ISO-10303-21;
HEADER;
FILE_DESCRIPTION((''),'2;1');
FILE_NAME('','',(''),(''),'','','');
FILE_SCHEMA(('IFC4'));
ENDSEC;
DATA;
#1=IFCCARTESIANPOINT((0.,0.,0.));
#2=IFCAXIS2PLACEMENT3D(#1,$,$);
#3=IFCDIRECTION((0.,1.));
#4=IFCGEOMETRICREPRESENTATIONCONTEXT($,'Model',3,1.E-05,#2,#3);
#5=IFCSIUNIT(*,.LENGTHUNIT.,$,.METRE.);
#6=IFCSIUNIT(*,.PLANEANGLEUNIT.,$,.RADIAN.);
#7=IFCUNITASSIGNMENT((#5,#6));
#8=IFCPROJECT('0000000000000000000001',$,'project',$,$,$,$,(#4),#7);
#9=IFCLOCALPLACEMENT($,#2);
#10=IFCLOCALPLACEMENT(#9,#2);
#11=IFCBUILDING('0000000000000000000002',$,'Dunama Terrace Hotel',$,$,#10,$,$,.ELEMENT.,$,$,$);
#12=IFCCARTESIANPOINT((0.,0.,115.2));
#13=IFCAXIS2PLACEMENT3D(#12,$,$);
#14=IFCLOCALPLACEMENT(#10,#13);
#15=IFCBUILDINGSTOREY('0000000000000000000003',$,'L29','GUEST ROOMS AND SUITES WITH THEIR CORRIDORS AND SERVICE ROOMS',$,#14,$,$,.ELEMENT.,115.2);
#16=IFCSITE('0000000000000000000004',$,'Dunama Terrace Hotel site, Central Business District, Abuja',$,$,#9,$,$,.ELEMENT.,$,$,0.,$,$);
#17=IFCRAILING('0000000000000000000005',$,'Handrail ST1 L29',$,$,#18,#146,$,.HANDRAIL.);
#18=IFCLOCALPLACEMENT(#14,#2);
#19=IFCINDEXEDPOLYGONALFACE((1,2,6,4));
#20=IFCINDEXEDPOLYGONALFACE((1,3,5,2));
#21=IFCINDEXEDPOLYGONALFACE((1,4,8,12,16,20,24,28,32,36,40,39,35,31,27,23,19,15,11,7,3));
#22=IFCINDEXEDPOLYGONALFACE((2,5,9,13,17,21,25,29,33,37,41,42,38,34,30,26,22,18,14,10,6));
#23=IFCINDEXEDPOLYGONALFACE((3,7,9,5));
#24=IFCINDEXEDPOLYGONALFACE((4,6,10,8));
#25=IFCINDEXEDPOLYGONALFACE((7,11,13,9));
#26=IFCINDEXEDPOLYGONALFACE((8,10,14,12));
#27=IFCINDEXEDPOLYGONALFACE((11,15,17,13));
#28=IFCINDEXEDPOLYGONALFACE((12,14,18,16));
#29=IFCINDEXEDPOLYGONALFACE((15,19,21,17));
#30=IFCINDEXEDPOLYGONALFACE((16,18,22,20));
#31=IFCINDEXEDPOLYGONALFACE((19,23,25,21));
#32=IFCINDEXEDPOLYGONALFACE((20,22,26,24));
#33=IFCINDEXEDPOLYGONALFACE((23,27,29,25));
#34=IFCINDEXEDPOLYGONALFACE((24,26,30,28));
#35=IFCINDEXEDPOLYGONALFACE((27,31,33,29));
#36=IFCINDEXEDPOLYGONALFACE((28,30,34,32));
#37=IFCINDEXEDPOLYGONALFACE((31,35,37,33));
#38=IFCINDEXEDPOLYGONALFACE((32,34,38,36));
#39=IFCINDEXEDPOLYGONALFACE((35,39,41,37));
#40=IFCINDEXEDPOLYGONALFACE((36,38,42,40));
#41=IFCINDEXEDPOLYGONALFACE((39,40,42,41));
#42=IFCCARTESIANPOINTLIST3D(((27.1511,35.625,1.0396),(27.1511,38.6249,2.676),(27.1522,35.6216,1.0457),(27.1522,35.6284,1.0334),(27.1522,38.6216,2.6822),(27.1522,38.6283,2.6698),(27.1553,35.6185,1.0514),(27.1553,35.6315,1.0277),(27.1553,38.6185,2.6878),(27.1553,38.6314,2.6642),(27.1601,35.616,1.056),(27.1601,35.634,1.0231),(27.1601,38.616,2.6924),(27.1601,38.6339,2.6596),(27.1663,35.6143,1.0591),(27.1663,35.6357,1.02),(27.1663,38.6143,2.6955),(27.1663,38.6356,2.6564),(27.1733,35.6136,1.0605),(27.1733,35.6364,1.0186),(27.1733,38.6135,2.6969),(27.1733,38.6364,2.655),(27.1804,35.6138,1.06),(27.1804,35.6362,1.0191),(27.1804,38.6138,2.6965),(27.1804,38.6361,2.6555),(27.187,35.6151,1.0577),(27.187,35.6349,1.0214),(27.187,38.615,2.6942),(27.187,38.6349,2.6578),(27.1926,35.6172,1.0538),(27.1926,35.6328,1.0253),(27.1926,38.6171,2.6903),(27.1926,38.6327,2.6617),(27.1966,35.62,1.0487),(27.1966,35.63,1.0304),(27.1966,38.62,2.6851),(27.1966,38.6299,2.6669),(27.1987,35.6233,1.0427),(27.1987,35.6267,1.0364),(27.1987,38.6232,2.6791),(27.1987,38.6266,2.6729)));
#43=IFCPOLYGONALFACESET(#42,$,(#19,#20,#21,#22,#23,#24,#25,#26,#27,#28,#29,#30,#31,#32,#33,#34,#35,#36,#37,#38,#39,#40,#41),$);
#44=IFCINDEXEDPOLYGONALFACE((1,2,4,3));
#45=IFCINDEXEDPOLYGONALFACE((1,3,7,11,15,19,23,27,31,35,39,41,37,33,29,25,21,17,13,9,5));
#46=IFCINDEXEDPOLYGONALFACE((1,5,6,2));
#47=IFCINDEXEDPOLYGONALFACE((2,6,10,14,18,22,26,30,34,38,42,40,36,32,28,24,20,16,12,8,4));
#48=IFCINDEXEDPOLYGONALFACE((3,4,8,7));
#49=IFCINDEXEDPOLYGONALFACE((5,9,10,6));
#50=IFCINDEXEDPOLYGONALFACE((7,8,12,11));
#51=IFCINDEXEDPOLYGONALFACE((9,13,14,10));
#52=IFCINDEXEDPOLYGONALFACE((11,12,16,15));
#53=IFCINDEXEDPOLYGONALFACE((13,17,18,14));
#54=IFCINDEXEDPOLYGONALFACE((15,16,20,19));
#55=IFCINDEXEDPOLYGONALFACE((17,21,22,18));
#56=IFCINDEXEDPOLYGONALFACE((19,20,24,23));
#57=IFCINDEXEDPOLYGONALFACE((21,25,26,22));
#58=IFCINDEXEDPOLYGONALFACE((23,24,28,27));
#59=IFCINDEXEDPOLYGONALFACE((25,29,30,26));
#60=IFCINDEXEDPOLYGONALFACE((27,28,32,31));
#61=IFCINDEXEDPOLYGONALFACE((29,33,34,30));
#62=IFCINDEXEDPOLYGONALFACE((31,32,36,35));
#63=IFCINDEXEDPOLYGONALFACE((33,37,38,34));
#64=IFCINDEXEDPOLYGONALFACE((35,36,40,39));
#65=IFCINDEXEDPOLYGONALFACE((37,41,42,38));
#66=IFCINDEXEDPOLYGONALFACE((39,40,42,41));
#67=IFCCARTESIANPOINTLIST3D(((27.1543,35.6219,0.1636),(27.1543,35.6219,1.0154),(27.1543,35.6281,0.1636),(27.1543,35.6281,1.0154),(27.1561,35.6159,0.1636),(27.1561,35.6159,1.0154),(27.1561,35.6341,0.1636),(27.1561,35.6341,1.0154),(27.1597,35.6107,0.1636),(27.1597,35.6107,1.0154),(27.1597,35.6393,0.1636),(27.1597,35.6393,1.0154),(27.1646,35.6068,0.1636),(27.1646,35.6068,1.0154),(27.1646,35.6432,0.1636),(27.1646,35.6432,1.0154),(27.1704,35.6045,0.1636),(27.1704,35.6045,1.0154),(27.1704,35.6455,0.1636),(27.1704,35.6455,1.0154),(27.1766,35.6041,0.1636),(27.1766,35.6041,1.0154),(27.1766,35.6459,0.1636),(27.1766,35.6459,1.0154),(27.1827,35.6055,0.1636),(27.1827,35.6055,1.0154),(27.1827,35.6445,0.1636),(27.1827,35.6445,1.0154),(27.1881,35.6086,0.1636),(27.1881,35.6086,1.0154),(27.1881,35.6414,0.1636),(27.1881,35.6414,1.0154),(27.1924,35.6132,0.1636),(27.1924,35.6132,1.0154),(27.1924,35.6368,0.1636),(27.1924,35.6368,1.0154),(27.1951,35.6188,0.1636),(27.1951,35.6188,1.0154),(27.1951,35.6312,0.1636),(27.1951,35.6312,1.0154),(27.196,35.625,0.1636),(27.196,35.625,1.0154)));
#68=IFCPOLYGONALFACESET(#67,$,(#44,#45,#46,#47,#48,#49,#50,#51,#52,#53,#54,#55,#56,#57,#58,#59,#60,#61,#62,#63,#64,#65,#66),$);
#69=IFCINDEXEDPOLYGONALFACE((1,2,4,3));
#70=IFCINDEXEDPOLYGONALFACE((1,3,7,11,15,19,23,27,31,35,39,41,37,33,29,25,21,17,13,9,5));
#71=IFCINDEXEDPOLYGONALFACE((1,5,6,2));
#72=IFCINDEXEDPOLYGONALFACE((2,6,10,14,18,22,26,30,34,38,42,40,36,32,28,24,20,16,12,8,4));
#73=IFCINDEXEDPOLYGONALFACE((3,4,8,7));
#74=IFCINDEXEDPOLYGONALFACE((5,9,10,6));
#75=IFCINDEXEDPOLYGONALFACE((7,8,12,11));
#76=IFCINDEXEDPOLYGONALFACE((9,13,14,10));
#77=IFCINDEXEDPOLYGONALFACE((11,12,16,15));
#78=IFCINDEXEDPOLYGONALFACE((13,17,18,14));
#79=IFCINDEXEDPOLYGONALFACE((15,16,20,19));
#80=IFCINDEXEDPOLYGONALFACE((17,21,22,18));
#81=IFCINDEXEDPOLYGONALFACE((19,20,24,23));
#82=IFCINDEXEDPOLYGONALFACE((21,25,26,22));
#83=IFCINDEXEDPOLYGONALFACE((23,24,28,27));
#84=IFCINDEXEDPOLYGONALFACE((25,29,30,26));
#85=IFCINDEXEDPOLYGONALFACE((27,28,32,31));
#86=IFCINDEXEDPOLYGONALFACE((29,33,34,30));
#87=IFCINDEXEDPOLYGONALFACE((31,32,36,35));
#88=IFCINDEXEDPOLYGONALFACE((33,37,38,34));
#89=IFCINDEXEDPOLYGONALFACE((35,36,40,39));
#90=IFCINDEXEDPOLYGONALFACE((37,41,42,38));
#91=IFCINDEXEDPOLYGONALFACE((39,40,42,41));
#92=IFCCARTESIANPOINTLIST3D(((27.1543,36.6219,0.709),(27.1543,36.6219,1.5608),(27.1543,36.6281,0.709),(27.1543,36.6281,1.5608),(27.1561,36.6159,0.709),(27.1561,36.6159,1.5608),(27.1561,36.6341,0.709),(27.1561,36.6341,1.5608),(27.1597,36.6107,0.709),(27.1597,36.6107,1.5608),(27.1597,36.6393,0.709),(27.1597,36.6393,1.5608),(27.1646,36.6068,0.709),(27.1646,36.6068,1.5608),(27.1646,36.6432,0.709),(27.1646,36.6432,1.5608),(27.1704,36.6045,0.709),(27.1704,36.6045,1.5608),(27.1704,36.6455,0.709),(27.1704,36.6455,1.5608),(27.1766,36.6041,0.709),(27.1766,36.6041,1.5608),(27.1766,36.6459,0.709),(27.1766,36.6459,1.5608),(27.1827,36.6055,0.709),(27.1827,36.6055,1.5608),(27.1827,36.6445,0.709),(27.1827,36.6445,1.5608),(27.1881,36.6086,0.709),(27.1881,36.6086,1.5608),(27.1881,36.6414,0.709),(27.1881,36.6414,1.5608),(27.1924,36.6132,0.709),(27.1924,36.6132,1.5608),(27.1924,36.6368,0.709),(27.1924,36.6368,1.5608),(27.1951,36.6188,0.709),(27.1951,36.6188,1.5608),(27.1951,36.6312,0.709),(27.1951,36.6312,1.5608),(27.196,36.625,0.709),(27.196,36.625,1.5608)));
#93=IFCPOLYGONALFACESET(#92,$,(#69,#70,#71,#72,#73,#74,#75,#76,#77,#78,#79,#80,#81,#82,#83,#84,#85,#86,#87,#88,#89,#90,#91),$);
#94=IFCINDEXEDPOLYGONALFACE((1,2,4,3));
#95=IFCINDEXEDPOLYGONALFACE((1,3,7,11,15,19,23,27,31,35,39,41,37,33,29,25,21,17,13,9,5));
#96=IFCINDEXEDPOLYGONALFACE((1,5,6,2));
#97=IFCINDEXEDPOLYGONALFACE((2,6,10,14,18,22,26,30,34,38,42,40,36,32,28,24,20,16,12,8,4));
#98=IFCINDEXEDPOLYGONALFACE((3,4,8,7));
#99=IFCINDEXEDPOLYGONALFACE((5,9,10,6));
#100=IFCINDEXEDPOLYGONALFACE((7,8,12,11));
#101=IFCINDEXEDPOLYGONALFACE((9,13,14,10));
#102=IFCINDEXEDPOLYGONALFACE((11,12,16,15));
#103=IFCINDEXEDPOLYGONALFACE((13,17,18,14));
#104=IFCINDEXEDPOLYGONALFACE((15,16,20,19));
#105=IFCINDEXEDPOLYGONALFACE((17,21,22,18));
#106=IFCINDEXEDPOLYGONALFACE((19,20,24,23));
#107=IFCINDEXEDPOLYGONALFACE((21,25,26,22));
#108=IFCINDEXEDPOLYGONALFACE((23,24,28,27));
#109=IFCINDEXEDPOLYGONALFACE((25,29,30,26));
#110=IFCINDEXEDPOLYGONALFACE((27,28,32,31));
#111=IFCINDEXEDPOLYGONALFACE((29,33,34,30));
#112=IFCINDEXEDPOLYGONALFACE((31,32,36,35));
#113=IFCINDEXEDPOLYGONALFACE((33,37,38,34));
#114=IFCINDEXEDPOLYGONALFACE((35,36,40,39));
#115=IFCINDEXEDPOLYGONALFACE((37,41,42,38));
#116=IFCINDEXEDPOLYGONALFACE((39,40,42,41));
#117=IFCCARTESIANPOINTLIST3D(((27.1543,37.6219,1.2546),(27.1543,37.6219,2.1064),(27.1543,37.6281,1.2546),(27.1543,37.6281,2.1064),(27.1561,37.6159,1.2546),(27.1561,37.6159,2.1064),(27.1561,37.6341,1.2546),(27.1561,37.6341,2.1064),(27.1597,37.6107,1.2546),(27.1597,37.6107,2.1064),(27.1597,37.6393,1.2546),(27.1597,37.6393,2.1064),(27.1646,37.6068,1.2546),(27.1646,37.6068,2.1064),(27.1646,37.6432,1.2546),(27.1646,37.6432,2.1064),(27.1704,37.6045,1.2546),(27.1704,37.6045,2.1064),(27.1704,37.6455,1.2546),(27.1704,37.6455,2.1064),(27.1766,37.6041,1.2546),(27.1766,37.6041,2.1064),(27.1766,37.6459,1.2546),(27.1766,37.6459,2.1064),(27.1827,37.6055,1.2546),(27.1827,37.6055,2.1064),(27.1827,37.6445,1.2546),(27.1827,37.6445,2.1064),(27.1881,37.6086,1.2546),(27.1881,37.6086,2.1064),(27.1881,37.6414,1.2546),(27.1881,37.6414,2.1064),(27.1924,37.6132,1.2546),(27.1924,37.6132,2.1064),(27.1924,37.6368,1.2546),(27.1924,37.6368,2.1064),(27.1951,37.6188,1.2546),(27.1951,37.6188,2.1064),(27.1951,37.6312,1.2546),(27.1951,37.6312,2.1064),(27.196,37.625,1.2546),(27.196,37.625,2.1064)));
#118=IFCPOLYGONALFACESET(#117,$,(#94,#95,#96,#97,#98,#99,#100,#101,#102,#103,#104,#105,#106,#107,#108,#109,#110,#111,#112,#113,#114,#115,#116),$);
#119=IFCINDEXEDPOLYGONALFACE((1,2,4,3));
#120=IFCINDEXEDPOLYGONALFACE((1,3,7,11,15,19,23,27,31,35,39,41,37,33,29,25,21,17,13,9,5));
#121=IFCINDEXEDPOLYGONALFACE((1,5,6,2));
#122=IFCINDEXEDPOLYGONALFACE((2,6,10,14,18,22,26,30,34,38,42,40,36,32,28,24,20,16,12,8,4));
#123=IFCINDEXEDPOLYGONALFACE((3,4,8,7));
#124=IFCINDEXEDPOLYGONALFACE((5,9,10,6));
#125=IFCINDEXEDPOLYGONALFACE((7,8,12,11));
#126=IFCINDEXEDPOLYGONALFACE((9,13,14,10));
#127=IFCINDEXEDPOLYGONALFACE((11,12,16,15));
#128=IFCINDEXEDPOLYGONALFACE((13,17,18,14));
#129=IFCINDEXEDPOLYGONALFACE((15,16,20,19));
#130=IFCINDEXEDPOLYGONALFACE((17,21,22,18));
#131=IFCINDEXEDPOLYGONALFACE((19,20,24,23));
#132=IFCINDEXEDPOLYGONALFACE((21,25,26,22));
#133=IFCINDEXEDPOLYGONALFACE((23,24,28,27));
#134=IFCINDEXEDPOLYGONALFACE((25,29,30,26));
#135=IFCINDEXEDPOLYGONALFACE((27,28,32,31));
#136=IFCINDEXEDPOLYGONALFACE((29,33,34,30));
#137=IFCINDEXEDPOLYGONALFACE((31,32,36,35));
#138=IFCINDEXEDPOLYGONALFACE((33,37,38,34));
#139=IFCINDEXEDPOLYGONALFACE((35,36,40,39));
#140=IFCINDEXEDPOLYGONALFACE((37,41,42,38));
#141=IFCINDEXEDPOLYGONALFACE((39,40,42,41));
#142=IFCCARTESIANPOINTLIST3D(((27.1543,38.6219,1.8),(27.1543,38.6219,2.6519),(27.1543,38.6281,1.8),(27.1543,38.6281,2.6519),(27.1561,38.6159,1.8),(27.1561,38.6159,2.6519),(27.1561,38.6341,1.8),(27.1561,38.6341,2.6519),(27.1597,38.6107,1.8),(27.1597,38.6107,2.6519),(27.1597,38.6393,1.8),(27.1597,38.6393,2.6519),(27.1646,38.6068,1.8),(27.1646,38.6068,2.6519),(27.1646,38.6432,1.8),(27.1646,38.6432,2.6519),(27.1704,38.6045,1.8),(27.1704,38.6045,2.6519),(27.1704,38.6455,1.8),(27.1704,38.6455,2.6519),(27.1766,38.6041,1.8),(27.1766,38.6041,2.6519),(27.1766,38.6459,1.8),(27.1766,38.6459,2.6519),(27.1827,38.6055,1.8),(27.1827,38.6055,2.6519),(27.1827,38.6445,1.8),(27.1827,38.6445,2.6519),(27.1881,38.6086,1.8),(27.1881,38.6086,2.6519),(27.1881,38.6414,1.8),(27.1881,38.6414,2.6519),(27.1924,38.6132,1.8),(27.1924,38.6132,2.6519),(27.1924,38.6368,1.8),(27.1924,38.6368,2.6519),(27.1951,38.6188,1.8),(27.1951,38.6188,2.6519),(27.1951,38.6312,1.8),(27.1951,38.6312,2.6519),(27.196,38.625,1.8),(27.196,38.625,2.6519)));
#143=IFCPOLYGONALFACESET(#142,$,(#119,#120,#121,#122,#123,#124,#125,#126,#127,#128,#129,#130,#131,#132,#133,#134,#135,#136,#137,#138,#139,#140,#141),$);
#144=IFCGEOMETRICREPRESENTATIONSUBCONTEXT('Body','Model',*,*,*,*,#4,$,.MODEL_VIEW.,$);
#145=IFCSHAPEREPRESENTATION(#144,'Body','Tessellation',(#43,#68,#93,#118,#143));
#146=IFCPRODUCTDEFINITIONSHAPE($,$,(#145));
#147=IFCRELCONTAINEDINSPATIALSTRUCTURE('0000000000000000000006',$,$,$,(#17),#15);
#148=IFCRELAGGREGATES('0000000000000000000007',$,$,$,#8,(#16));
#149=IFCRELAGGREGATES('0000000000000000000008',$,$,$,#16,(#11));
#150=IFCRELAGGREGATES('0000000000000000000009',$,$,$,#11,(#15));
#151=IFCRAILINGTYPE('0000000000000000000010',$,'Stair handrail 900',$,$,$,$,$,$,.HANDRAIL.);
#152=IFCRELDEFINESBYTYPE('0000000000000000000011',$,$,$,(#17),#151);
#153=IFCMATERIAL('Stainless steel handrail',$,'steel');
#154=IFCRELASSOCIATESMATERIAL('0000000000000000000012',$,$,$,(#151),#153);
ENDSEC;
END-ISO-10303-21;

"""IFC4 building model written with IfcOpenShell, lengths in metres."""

from ifc_helpers import new_model, si_unit, direction, frame, origin, origin_2d, place, context, subcontext, project, spatial, circle, extrude, material, type_object, element, save


model = new_model("IFC4")

# Units and contexts
model_context = context("Model", 3, precision=1e-05, world=origin(), true_north=direction((0.0, 1.0)))
body_context = subcontext(model_context, "Body", "Model", "MODEL_VIEW")
ifc_project = project(units=[si_unit("LENGTHUNIT", "METRE"), si_unit("PLANEANGLEUNIT", "RADIAN")], contexts=[model_context])

# Site, building, storey
site_placement = place(None, origin())
site = spatial("IfcSite", under=ifc_project, at=site_placement, Name="Dunama Terrace Hotel site, Central Business District, Abuja", CompositionType="ELEMENT", RefElevation=0.0)
building_placement = place(site_placement, origin())
building = spatial("IfcBuilding", under=site, at=building_placement, Name="Dunama Terrace Hotel", CompositionType="ELEMENT")
storey_placement = place(building_placement, frame((0.0, 0.0, 115.2)))
storey = spatial("IfcBuildingStorey", under=building, at=storey_placement, Name="L29", Description="GUEST ROOMS AND SUITES WITH THEIR CORRIDORS AND SERVICE ROOMS", CompositionType="ELEMENT", Elevation=115.2)

# Railing
ifc_material_1 = material(Name="Stainless steel handrail", Category="steel")
railing_type = type_object("IfcRailingType", Name="Stair handrail 900", PredefinedType="HANDRAIL", material=ifc_material_1)
railing_1_placement = place(storey_placement, frame((27.175, 35.625, 0.1636)))
element("IfcRailing", 1, at=railing_1_placement, inside=storey, type_object=railing_type, Name="Handrail ST1 L29", PredefinedType="HANDRAIL", context=body_context, shape_type="SweptSolid", body=[
    extrude(circle(Radius=0.0239, at=origin_2d()), frame((0.0, 0.0, 0.876), z_axis=(0.0, 0.877882, 0.478877), x_axis=(-1.0, 0.0, 0.0)), (0.0, 0.0, 1.0), 3.4172),
    extrude(circle(Radius=0.021, at=origin_2d()), origin(), (0.0, 0.0, 1.0), 0.8518),
    extrude(circle(Radius=0.021, at=origin_2d()), frame((0.0, 1.0, 0.5454)), (0.0, 0.0, 1.0), 0.8518),
    extrude(circle(Radius=0.021, at=origin_2d()), frame((0.0, 2.0, 1.0911)), (0.0, 0.0, 1.0), 0.8518),
    extrude(circle(Radius=0.021, at=origin_2d()), frame((0.0, 3.0, 1.6365)), (0.0, 0.0, 1.0), 0.8518),
])

save(model, "model.ifc")
